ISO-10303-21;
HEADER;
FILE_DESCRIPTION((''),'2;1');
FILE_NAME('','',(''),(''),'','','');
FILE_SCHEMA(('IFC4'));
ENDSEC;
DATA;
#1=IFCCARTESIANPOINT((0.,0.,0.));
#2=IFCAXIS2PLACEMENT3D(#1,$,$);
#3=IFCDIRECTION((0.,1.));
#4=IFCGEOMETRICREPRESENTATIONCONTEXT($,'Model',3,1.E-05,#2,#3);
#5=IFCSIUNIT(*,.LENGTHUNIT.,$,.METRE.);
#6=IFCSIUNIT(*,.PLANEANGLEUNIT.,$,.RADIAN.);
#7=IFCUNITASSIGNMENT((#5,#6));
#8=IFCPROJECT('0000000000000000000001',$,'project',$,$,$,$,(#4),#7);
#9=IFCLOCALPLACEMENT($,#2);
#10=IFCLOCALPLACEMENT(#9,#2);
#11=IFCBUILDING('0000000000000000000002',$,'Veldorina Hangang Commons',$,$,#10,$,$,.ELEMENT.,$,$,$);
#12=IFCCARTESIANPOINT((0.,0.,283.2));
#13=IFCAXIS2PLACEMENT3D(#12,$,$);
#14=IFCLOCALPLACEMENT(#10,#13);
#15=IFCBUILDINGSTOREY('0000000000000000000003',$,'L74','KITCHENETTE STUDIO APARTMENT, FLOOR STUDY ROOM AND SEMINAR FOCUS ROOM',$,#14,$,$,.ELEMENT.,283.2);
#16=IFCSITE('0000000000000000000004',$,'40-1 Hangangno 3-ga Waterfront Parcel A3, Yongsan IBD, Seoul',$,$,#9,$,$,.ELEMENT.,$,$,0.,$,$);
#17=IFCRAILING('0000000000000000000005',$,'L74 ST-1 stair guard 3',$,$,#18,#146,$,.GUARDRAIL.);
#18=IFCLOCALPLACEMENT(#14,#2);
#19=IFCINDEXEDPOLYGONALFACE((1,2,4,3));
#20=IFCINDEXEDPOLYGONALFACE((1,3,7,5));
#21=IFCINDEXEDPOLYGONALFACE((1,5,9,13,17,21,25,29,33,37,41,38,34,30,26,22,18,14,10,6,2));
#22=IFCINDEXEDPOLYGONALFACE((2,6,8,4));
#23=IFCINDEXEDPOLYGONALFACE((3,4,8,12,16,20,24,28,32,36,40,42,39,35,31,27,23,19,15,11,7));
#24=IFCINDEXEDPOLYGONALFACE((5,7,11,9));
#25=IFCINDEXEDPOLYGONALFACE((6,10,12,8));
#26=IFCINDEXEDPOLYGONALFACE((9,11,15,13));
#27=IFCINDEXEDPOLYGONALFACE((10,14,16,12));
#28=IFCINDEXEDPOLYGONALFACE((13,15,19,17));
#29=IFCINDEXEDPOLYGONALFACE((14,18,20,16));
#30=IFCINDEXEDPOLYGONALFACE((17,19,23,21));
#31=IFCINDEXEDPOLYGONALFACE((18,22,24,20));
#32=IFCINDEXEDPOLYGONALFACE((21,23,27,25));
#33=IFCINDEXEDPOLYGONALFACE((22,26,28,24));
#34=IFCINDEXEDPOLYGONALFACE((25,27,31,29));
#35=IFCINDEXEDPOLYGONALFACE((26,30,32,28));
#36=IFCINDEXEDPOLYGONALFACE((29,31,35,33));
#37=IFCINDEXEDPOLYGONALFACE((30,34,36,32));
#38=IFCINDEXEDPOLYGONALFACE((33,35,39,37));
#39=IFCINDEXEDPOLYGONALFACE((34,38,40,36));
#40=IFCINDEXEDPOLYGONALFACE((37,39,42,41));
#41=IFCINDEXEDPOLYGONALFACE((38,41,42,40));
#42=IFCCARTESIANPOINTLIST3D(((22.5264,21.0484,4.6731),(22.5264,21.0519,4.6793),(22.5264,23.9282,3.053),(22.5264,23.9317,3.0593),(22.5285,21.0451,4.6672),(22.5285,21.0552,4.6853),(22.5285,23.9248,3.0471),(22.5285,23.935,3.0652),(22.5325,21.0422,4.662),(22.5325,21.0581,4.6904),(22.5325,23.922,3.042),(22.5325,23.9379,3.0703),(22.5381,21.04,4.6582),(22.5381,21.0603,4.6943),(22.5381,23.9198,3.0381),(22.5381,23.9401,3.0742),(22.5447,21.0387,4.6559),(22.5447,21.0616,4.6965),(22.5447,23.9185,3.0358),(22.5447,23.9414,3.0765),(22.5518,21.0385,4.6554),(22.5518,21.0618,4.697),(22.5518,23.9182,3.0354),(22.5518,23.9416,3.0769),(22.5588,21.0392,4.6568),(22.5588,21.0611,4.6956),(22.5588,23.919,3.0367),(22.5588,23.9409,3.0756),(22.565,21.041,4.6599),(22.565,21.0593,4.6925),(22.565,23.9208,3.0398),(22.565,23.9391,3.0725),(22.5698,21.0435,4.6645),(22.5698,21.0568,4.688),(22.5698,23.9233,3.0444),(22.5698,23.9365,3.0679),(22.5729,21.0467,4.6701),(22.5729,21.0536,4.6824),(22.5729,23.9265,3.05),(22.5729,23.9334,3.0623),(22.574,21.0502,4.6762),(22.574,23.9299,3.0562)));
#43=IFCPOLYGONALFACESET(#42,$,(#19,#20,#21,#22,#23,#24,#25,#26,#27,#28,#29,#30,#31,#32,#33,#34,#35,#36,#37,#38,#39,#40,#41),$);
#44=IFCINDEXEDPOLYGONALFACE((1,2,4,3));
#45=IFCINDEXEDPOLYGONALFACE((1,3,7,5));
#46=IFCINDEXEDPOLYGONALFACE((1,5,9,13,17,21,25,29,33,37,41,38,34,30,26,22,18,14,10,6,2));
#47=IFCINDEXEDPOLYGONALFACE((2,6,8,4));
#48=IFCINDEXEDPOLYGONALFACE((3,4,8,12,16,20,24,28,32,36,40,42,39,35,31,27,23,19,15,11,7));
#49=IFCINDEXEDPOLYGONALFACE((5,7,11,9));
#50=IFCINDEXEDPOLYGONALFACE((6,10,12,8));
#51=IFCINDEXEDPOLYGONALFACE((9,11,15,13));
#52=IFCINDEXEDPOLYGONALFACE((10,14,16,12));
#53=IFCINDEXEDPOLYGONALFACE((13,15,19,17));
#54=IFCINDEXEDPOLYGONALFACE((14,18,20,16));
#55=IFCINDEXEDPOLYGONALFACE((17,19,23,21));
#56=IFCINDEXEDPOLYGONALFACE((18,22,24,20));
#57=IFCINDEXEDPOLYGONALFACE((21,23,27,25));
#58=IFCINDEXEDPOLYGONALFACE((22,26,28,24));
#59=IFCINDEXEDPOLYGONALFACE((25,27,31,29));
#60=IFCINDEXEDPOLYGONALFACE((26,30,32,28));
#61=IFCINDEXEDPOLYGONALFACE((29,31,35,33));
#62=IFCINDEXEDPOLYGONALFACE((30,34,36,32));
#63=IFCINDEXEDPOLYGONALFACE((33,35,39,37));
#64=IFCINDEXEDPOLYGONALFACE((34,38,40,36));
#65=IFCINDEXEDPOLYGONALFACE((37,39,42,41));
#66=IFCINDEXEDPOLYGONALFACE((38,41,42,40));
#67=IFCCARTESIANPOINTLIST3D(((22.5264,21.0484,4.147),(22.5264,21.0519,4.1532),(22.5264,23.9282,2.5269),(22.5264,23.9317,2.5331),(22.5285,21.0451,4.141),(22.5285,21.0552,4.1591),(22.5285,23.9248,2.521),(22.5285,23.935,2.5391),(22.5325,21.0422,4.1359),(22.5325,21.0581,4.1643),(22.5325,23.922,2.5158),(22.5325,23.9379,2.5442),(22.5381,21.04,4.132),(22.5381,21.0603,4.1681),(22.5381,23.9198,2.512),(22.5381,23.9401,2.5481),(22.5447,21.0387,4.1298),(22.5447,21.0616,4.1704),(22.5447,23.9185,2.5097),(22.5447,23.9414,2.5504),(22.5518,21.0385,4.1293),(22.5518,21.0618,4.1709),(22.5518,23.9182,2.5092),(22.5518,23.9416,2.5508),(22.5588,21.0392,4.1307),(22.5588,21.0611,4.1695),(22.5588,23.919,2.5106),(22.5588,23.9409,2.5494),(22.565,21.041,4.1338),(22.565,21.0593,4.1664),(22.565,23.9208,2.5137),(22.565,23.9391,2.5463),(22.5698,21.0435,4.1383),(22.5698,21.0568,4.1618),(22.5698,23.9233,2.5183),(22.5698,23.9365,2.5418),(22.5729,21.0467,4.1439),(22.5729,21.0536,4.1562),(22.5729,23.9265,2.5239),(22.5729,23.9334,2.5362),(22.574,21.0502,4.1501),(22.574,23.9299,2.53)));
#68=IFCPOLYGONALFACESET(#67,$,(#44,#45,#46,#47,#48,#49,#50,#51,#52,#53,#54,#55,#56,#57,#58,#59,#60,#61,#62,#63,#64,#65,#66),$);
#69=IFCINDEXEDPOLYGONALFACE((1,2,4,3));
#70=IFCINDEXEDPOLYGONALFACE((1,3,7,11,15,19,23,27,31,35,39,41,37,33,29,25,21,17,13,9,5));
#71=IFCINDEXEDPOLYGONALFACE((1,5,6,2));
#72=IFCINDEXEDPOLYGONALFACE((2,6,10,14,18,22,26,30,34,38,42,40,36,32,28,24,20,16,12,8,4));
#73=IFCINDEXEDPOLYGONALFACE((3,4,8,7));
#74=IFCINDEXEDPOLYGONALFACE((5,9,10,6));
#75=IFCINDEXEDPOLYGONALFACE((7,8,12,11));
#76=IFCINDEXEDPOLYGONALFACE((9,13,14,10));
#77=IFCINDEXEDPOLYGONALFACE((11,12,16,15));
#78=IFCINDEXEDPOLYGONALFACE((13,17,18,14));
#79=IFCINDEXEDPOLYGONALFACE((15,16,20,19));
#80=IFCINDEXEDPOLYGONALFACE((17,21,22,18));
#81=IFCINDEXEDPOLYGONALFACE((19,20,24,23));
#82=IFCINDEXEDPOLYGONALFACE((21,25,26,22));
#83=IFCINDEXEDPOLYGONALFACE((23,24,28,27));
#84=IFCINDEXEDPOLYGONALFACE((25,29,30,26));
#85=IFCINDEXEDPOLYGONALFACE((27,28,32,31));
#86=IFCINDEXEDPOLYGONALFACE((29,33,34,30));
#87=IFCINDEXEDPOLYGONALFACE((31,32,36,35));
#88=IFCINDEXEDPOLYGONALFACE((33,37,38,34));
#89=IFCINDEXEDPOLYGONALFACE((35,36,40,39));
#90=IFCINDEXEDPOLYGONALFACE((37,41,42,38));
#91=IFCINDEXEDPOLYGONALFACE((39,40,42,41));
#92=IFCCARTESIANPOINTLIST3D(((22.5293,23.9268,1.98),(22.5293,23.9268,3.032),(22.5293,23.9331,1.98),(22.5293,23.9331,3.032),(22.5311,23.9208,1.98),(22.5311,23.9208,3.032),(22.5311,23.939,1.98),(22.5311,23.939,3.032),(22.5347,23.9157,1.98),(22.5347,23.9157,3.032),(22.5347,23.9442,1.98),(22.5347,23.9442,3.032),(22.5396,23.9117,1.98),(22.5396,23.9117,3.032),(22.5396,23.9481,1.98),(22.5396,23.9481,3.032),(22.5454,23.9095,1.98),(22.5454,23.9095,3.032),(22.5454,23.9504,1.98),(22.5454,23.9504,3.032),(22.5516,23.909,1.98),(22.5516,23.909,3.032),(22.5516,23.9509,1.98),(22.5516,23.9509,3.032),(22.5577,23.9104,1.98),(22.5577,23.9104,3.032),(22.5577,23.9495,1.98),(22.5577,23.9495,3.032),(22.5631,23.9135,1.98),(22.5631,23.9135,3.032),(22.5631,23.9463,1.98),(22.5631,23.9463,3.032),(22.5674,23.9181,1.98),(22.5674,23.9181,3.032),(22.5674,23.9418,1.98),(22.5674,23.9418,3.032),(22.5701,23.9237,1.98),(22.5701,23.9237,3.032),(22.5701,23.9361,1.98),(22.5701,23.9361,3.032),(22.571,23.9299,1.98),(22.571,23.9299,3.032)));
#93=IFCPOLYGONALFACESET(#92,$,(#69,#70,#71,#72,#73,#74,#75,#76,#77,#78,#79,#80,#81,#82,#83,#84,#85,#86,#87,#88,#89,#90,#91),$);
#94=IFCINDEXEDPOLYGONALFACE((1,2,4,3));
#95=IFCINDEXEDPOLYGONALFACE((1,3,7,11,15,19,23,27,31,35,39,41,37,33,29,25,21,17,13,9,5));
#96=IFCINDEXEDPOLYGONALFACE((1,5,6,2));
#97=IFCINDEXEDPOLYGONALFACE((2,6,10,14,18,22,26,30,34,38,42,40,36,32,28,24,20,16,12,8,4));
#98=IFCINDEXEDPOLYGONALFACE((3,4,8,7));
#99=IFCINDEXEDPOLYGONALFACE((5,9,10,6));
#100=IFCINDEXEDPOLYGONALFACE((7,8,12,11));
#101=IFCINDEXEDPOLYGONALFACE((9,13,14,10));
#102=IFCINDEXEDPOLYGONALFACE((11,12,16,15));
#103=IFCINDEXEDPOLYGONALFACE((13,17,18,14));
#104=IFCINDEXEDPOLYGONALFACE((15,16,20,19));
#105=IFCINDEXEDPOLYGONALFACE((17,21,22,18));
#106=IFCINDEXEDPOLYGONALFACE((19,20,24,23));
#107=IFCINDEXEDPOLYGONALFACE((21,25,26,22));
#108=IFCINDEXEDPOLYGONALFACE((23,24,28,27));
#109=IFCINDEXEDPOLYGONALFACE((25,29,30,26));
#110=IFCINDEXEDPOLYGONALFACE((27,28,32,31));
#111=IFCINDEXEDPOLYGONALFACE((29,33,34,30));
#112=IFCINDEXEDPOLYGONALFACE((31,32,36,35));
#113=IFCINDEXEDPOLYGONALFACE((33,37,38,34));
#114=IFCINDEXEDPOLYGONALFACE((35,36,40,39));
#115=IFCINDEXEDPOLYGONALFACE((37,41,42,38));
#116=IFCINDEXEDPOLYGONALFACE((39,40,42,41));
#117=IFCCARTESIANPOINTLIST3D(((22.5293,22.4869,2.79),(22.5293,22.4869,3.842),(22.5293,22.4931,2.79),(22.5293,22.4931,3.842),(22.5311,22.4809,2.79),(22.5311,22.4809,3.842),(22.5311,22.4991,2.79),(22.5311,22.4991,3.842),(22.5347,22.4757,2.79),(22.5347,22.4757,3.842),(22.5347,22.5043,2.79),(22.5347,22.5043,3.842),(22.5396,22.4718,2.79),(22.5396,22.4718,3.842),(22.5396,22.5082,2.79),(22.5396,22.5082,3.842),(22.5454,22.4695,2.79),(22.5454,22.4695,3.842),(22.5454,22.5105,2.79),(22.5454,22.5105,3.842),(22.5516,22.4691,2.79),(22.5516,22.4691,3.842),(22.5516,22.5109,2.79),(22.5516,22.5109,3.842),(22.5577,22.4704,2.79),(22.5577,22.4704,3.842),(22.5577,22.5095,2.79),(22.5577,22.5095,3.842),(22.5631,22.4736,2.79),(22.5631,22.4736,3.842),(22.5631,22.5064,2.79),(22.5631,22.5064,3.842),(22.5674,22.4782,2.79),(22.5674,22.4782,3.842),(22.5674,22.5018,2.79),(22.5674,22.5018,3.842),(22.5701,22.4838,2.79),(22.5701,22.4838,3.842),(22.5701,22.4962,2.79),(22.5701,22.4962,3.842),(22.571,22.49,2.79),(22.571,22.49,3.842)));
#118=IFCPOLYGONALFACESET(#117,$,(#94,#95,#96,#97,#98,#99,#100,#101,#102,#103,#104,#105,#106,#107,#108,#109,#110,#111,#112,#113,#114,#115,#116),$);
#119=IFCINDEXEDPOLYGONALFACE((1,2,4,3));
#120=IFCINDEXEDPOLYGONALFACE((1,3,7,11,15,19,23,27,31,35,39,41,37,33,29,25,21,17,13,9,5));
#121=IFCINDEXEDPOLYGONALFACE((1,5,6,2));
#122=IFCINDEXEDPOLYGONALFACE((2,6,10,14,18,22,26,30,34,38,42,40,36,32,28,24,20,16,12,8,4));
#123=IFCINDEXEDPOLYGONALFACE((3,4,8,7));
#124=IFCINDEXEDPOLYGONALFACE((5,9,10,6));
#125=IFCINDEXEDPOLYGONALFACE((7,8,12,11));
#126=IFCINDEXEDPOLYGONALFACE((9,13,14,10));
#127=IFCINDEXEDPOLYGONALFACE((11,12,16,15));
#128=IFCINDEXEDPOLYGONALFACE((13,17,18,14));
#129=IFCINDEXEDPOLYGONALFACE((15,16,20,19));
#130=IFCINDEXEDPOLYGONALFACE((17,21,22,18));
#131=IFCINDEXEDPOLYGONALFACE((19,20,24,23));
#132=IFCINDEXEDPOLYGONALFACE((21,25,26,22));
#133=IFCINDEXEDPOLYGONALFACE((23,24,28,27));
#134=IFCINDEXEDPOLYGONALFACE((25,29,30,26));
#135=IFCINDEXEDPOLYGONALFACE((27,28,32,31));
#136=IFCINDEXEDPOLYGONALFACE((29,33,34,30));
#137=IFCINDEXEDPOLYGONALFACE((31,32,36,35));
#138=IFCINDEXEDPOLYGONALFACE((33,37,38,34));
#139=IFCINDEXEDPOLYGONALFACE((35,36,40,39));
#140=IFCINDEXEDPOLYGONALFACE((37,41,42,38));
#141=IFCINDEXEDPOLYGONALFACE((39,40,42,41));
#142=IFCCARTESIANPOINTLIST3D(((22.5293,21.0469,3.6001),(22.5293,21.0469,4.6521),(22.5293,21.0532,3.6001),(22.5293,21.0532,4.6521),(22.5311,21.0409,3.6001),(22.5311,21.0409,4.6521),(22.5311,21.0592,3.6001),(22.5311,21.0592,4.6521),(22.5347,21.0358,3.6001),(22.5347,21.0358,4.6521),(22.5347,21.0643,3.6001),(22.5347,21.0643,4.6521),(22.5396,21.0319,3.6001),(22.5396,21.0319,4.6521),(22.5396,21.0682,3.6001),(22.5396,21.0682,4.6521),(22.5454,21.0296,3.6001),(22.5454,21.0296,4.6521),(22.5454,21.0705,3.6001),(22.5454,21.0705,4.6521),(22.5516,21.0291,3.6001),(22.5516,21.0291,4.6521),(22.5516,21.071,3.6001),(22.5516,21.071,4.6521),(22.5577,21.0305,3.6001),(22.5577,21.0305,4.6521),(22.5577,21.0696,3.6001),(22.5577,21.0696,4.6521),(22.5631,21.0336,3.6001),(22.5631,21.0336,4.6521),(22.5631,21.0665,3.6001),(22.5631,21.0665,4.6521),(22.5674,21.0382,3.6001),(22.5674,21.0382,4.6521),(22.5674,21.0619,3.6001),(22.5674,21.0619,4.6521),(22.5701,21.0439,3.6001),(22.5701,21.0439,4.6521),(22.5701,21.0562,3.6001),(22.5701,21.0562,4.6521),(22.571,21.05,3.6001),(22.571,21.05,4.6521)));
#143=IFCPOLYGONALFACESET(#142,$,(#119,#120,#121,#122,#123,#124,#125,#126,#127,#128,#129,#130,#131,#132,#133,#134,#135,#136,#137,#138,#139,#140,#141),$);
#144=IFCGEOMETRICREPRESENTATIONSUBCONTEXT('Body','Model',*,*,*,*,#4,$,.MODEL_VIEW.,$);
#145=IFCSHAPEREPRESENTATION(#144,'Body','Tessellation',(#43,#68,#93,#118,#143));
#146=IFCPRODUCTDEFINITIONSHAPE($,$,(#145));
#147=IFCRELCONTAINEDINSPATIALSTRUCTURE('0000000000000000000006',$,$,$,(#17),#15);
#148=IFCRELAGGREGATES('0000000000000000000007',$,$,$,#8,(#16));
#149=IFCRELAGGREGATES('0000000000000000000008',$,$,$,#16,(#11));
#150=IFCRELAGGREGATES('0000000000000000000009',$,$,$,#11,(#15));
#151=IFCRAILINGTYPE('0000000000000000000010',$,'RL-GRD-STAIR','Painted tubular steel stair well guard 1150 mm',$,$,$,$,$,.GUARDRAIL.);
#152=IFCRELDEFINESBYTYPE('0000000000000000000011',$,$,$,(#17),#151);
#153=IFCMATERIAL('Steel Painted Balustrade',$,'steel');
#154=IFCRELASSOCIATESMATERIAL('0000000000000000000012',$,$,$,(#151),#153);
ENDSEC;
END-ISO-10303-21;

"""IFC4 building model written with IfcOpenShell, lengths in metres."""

from ifc_helpers import new_model, si_unit, direction, frame, origin, origin_2d, place, context, subcontext, project, spatial, circle, extrude, material, type_object, element, save


model = new_model("IFC4")

# Units and contexts
model_context = context("Model", 3, precision=1e-05, world=origin(), true_north=direction((0.0, 1.0)))
body_context = subcontext(model_context, "Body", "Model", "MODEL_VIEW")
ifc_project = project(units=[si_unit("LENGTHUNIT", "METRE"), si_unit("PLANEANGLEUNIT", "RADIAN")], contexts=[model_context])

# Site, building, storey
site_placement = place(None, origin())
site = spatial("IfcSite", under=ifc_project, at=site_placement, Name="40-1 Hangangno 3-ga Waterfront Parcel A3, Yongsan IBD, Seoul", CompositionType="ELEMENT", RefElevation=0.0)
building_placement = place(site_placement, origin())
building = spatial("IfcBuilding", under=site, at=building_placement, Name="Veldorina Hangang Commons", CompositionType="ELEMENT")
storey_placement = place(building_placement, frame((0.0, 0.0, 283.2)))
storey = spatial("IfcBuildingStorey", under=building, at=storey_placement, Name="L74", Description="KITCHENETTE STUDIO APARTMENT, FLOOR STUDY ROOM AND SEMINAR FOCUS ROOM", CompositionType="ELEMENT", Elevation=283.2)

# Railing
ifc_material_1 = material(Name="Steel Painted Balustrade", Category="steel")
railing_type = type_object("IfcRailingType", Name="RL-GRD-STAIR", Description="Painted tubular steel stair well guard 1150 mm", PredefinedType="GUARDRAIL", material=ifc_material_1)
railing_1_placement = place(storey_placement, frame((22.55, 23.9299, 1.98)))
element("IfcRailing", 1, at=railing_1_placement, inside=storey, type_object=railing_type, Name="L74 ST-1 stair guard 3", PredefinedType="GUARDRAIL", context=body_context, shape_type="SweptSolid", body=[
    extrude(circle(Radius=0.0239, at=origin_2d()), frame((0.0, 0.0, 1.0762), z_axis=(0.0, -0.871552, 0.490303), x_axis=(1.0, 0.0, 0.0)), (0.0, 0.0, 1.0), 3.3042),
    extrude(circle(Radius=0.0239, at=origin_2d()), frame((0.0, 0.0, 0.55), z_axis=(0.0, -0.871552, 0.490303), x_axis=(1.0, 0.0, 0.0)), (0.0, 0.0, 1.0), 3.3042),
    extrude(circle(Radius=0.021, at=origin_2d()), origin(), (0.0, 0.0, 1.0), 1.052),
    extrude(circle(Radius=0.021, at=origin_2d()), frame((0.0, -1.4399, 0.8101)), (0.0, 0.0, 1.0), 1.052),
    extrude(circle(Radius=0.021, at=origin_2d()), frame((0.0, -2.8799, 1.6201)), (0.0, 0.0, 1.0), 1.052),
])

save(model, "model.ifc")
